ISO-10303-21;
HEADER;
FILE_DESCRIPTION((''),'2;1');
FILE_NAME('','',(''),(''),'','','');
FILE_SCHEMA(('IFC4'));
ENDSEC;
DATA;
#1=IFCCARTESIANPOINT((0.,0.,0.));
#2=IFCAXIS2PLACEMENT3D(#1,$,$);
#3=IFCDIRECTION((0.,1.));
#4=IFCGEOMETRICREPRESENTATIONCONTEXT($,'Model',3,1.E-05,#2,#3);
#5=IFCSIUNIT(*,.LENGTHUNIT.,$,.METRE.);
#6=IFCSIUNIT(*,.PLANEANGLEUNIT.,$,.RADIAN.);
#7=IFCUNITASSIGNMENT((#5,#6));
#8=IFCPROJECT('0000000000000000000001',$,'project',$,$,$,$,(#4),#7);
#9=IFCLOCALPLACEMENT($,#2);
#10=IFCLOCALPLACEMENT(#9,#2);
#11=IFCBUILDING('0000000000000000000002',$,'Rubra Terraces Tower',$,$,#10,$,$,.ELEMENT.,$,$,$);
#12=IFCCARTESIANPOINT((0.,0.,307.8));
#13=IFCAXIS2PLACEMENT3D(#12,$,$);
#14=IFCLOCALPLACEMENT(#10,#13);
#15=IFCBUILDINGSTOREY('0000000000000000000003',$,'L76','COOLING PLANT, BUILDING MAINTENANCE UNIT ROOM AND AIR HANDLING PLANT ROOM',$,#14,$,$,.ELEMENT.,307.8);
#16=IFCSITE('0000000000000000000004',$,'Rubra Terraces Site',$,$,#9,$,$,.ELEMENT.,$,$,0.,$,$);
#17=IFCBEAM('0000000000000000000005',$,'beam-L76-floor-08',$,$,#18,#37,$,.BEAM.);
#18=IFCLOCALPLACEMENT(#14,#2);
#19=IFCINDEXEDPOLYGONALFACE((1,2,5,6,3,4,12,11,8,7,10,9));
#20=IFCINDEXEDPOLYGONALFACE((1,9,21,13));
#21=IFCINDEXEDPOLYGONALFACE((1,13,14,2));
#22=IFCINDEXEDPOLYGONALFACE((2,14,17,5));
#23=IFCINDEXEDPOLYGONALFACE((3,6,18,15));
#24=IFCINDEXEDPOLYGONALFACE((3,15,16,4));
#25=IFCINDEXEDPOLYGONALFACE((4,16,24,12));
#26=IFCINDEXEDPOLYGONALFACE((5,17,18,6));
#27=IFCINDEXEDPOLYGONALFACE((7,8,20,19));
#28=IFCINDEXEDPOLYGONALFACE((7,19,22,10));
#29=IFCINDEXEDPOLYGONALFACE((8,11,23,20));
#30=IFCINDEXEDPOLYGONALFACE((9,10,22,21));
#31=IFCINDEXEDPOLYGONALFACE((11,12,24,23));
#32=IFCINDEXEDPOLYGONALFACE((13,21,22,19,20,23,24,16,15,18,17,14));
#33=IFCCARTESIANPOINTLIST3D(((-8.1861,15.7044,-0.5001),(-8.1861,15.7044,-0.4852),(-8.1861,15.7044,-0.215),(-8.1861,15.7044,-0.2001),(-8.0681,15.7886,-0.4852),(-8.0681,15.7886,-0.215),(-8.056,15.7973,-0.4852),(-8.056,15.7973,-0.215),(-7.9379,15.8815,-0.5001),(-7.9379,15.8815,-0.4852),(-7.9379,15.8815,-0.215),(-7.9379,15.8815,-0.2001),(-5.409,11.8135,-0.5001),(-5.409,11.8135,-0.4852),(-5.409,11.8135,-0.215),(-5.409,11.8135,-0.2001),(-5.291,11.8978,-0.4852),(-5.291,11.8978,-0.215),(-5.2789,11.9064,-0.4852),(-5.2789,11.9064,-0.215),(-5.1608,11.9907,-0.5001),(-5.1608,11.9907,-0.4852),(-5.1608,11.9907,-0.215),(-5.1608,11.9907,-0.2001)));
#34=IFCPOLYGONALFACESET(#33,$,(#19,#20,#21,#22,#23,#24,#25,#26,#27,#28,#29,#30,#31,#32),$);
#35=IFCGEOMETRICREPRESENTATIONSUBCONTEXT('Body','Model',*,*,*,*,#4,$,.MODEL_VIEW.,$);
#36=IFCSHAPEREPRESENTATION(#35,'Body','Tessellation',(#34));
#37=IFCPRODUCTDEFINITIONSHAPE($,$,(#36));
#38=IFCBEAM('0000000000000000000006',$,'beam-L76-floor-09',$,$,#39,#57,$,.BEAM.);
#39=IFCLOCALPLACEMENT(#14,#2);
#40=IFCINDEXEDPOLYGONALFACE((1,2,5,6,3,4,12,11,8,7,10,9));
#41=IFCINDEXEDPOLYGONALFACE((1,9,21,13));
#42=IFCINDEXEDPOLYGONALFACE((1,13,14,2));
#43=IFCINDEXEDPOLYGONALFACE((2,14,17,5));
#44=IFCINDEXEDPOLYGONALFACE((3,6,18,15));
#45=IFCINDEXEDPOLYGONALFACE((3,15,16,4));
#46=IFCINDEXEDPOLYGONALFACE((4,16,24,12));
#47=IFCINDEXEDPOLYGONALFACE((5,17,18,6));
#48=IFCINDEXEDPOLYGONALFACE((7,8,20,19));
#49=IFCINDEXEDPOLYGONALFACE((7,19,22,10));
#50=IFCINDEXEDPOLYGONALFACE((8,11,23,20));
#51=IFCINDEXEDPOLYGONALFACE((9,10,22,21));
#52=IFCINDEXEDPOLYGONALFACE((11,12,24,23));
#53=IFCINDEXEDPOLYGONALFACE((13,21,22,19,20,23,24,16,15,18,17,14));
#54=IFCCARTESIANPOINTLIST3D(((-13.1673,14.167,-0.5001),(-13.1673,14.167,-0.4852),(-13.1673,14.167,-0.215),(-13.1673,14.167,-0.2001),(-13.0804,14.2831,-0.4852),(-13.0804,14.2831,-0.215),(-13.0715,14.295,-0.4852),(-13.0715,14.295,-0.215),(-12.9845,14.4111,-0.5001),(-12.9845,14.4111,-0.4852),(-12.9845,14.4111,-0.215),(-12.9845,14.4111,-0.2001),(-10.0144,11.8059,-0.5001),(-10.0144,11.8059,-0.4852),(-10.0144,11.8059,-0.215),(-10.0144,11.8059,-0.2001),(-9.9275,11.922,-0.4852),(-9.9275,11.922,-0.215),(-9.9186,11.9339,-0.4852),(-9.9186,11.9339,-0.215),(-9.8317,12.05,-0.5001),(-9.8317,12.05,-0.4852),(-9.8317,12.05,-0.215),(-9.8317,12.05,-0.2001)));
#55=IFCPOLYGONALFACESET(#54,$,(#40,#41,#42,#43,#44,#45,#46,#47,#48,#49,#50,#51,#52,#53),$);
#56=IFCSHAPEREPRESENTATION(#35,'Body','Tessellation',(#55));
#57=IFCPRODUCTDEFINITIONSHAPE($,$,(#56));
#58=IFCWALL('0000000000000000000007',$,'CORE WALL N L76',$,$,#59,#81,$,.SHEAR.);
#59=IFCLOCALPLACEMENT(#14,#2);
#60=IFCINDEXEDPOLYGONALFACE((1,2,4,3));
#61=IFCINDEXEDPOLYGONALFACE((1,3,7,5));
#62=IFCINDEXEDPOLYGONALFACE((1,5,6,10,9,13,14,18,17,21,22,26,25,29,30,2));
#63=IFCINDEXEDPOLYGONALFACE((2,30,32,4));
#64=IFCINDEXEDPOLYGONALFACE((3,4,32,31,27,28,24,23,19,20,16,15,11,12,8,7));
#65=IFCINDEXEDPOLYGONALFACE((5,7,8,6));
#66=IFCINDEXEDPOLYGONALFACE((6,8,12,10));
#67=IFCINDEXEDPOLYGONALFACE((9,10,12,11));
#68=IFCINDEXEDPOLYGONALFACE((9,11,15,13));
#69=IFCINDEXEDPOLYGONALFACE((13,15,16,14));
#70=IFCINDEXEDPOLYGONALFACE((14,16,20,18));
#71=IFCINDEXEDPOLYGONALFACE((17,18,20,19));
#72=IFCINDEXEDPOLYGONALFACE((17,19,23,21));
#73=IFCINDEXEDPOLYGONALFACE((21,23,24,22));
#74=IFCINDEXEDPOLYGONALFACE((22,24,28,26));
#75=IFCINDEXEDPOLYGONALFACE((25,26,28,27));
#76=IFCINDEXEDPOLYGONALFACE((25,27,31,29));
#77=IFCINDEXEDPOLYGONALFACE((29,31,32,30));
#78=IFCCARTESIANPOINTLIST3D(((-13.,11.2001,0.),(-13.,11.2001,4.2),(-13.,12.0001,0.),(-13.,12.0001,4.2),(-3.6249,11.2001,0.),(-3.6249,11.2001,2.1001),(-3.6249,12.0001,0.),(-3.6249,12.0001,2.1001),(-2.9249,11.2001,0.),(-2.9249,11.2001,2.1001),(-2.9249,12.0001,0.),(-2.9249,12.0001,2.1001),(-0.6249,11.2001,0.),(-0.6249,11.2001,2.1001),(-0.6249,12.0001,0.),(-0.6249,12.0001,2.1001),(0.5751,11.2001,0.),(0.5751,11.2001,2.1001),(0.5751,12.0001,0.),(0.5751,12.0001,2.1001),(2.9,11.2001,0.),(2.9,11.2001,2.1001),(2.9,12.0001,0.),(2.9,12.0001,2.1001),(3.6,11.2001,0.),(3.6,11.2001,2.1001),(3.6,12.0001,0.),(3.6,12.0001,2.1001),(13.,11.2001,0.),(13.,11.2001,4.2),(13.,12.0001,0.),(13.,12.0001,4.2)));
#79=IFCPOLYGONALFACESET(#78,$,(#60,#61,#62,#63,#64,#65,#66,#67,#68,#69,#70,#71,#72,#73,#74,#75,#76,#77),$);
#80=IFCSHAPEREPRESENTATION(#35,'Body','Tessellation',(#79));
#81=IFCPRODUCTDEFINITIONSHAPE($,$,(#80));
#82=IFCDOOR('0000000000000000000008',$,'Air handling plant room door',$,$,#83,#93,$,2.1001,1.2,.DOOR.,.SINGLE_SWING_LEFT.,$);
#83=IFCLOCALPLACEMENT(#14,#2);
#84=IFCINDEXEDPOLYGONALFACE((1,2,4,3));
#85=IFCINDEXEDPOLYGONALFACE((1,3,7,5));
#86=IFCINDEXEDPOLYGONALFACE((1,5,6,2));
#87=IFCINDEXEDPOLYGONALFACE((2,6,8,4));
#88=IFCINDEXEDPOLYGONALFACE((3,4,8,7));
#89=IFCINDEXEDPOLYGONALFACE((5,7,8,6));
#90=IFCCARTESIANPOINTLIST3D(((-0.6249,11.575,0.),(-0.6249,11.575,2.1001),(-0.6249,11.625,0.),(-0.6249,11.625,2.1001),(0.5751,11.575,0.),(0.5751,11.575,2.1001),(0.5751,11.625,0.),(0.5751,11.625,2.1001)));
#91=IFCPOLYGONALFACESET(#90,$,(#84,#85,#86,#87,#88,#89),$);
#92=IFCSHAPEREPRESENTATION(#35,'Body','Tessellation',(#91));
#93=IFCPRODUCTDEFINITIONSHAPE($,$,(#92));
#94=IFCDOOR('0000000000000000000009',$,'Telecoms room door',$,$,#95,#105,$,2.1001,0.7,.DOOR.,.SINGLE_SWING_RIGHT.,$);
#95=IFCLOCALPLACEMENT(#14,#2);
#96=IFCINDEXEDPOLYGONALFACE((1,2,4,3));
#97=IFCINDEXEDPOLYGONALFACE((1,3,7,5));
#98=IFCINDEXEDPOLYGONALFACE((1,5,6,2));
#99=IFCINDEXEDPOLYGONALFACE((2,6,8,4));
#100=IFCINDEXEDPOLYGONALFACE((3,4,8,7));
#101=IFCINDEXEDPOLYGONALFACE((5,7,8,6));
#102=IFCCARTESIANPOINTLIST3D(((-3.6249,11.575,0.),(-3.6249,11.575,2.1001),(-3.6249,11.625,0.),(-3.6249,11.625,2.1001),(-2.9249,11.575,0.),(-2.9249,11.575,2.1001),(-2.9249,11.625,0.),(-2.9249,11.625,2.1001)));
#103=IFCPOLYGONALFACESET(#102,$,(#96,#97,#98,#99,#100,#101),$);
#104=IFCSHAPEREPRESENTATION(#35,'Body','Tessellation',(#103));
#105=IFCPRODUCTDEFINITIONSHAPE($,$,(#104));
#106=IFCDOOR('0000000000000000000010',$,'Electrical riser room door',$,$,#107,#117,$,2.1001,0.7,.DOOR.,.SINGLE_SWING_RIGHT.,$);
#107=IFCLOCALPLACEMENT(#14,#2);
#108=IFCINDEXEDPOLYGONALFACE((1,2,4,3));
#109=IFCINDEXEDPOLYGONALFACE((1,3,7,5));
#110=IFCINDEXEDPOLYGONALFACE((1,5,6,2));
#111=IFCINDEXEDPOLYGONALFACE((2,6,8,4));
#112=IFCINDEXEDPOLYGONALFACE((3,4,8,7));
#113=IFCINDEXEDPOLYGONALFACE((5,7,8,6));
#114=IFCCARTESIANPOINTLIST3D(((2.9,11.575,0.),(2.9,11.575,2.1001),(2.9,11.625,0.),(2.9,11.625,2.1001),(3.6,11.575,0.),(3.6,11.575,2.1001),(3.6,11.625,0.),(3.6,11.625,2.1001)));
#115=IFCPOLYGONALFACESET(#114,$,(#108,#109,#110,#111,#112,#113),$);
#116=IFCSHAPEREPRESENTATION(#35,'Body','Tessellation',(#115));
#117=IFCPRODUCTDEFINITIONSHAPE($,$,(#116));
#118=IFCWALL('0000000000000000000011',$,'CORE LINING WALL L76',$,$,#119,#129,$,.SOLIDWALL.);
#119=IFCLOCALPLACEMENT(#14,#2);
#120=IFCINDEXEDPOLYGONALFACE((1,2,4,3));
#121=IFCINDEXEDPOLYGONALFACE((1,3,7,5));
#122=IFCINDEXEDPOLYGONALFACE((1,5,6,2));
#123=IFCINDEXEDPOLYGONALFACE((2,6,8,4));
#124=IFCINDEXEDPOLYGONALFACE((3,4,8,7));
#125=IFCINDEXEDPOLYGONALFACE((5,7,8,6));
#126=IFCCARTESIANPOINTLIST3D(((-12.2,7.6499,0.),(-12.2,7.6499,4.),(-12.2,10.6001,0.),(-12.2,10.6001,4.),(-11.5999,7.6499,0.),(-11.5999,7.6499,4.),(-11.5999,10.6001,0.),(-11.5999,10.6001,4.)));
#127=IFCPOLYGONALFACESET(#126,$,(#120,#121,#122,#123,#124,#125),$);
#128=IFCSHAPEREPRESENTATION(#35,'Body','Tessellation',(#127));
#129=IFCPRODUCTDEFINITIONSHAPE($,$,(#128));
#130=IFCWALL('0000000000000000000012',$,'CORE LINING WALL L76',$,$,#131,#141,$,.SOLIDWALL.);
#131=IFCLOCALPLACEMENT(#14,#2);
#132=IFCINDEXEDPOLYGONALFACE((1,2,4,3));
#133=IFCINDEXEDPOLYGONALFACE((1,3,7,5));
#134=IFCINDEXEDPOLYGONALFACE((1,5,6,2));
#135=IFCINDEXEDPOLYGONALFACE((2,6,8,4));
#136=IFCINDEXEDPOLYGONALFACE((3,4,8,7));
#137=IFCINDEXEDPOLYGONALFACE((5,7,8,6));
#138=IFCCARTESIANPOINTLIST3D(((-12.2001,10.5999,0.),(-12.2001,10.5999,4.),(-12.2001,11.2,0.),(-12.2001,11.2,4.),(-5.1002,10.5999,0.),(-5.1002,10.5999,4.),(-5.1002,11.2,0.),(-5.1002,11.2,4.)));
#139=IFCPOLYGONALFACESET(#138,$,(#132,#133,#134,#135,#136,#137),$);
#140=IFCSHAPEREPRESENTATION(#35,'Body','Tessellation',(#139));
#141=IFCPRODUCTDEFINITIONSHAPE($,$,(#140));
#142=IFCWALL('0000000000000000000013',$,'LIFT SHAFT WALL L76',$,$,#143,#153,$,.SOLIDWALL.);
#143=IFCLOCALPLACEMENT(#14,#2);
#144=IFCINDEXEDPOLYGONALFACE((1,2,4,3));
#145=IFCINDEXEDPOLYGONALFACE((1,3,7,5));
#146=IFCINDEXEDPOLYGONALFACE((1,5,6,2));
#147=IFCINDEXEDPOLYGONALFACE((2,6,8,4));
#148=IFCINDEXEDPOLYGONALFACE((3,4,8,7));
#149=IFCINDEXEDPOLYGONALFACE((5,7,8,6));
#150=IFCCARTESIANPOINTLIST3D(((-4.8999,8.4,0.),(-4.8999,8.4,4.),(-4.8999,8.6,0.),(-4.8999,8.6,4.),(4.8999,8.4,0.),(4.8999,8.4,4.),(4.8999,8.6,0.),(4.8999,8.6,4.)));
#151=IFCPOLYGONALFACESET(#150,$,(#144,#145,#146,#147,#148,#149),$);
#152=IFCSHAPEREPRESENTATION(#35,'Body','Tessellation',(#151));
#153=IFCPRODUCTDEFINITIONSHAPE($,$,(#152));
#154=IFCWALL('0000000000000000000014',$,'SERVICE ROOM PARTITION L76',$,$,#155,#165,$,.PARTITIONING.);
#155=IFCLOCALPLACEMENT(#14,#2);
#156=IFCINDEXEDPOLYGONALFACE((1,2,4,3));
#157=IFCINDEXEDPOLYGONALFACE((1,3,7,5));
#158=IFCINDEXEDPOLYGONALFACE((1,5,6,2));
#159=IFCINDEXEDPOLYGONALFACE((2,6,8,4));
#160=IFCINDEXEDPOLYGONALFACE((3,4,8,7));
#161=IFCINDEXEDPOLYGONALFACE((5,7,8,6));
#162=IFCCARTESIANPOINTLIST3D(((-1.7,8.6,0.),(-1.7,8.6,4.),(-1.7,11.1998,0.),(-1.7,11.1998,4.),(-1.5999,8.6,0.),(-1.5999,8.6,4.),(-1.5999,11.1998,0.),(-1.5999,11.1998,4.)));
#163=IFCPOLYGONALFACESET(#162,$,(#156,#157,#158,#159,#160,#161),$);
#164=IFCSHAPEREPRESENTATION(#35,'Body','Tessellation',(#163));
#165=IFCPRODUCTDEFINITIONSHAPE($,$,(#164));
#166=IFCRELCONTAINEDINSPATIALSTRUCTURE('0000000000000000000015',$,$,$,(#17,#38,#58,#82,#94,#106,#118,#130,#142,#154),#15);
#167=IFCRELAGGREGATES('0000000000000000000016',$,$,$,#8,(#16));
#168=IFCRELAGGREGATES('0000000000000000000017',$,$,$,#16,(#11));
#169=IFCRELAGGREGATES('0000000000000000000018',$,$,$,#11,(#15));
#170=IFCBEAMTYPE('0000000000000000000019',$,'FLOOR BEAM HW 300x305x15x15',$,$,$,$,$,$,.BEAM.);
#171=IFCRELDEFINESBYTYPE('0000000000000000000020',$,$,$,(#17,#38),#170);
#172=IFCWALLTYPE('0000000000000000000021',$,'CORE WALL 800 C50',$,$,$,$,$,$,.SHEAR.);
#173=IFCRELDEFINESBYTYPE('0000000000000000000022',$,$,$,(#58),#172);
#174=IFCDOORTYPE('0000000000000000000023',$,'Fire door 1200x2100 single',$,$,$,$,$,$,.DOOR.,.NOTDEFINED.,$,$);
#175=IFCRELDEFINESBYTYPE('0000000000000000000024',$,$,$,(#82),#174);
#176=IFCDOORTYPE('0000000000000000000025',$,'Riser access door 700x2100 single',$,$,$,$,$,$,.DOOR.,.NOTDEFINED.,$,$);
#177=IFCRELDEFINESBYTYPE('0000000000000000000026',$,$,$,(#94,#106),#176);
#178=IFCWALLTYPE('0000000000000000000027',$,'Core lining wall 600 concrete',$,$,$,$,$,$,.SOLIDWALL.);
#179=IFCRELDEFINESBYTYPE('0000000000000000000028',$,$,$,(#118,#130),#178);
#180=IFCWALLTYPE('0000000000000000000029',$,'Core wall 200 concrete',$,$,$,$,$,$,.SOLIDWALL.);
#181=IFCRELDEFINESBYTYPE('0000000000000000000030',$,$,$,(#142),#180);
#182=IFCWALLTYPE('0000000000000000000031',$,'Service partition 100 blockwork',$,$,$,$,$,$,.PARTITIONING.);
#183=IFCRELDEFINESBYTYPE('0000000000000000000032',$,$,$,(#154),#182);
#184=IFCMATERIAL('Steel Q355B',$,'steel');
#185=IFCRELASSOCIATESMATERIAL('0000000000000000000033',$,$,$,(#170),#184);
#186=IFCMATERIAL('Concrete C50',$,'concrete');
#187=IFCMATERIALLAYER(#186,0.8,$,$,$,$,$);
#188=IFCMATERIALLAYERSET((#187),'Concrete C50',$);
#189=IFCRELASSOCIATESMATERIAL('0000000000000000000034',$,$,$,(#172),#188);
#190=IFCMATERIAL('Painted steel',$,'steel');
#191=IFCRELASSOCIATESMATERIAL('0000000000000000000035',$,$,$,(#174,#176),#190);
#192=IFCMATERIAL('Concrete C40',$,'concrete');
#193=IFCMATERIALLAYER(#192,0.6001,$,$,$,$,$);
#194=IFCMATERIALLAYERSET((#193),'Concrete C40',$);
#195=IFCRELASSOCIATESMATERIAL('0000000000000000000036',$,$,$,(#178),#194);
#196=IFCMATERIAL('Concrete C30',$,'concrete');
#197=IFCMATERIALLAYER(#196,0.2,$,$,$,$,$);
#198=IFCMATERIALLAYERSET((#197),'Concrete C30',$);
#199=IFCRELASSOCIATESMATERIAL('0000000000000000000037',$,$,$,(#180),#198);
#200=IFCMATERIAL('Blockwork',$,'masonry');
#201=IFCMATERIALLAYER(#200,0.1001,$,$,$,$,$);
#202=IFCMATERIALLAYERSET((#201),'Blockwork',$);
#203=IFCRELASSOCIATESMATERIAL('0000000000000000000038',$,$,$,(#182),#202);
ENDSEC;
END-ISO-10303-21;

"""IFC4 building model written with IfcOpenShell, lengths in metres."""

from ifc_helpers import new_model, si_unit, direction, frame, frame_2d, origin, origin_2d, place, context, subcontext, project, spatial, rectangle, i_section, extrude, material, layer, layer_set, material_profile, profile_set, type_object, element, fill, save


model = new_model("IFC4")

# Units and contexts
model_context = context("Model", 3, precision=1e-05, world=origin(), true_north=direction((0.0, 1.0)))
body_context = subcontext(model_context, "Body", "Model", "MODEL_VIEW")
ifc_project = project(units=[si_unit("LENGTHUNIT", "METRE"), si_unit("PLANEANGLEUNIT", "RADIAN")], contexts=[model_context])

# Site, building, storey
site_placement = place(None, origin())
site = spatial("IfcSite", under=ifc_project, at=site_placement, Name="Rubra Terraces Site", CompositionType="ELEMENT", RefElevation=0.0)
building_placement = place(site_placement, origin())
building = spatial("IfcBuilding", under=site, at=building_placement, Name="Rubra Terraces Tower", CompositionType="ELEMENT")
storey_placement = place(building_placement, frame((0.0, 0.0, 307.8)))
storey = spatial("IfcBuildingStorey", under=building, at=storey_placement, Name="L76", Description="COOLING PLANT, BUILDING MAINTENANCE UNIT ROOM AND AIR HANDLING PLANT ROOM", CompositionType="ELEMENT", Elevation=307.8)

# Beams
ifc_material_1 = material(Name="Steel Q355B", Category="steel")
ifc_material_profile = material_profile(ifc_material_1, i_section(OverallWidth=0.3049, OverallDepth=0.3, WebThickness=0.0149, FlangeThickness=0.0149, at=origin_2d()), Name="HW 300x305x15x15")
ifc_profile_set = profile_set([ifc_material_profile], Name="Steel Q355B")
beam_type = type_object("IfcBeamType", Name="FLOOR BEAM HW 300x305x15x15", PredefinedType="BEAM", material=ifc_profile_set)
beam_1_placement = place(storey_placement, frame((-8.062, 15.793, -0.3501), z_axis=(0.580948, -0.81394, 0.0), x_axis=(0.81394, 0.580948, 0.0)))
element("IfcBeam", 1, at=beam_1_placement, inside=storey, type_object=beam_type, Name="beam-L76-floor-08", PredefinedType="BEAM", context=body_context, shape_type="SweptSolid", body=[
    extrude(i_section(OverallWidth=0.3049, OverallDepth=0.3, WebThickness=0.0149, FlangeThickness=0.0149, at=origin_2d()), origin(), (0.0, 0.0, 1.0), 4.7803),
])
beam_2_placement = place(storey_placement, frame((-13.0759, 14.2891, -0.3501), z_axis=(0.800431, -0.599425, 0.0), x_axis=(0.599425, 0.800431, 0.0)))
element("IfcBeam", 2, at=beam_2_placement, inside=storey, type_object=beam_type, Name="beam-L76-floor-09", PredefinedType="BEAM", context=body_context, shape_type="SweptSolid", body=[
    extrude(i_section(OverallWidth=0.3049, OverallDepth=0.3, WebThickness=0.0149, FlangeThickness=0.0149, at=origin_2d()), origin(), (0.0, 0.0, 1.0), 3.939),
])

# Wall, openings, doors
ifc_material_2 = material(Name="Concrete C50", Category="concrete")
ifc_layer_1 = layer(ifc_material_2, 0.8)
ifc_layer_set_1 = layer_set([ifc_layer_1], Name="Concrete C50")
wall_type_1 = type_object("IfcWallType", Name="CORE WALL 800 C50", PredefinedType="SHEAR", material=ifc_layer_set_1)
wall_1_placement = place(storey_placement, frame((-13.0, 11.6001, 0.0), z_axis=(0.0, 0.0, 1.0), x_axis=(1.0, 0.0, 0.0)))
wall_1 = element("IfcWall", 3, at=wall_1_placement, inside=storey, type_object=wall_type_1, Name="CORE WALL N L76", PredefinedType="SHEAR", context=body_context, shape_type="SweptSolid", body=[
    extrude(rectangle(XDim=26.0, YDim=0.8, at=frame_2d((13.0, 0.0))), origin(), (0.0, 0.0, 1.0), 4.2),
])
opening_1_placement = place(wall_1_placement, frame((9.375, 0.0, 0.0)))
opening_1 = element("IfcOpeningElement", 4, at=opening_1_placement, cuts=wall_1, PredefinedType="OPENING", context=body_context, shape_type="SweptSolid", body=[
    extrude(rectangle(XDim=0.7, YDim=2.1001, at=frame_2d((0.3501, 1.05))), frame((0.0, 0.4099, 0.0), z_axis=(0.0, -1.0, 0.0), x_axis=(1.0, 0.0, 0.0)), (0.0, 0.0, 1.0), 0.8201),
])
opening_2_placement = place(wall_1_placement, frame((12.375, 0.0, 0.0)))
opening_2 = element("IfcOpeningElement", 5, at=opening_2_placement, cuts=wall_1, PredefinedType="OPENING", context=body_context, shape_type="SweptSolid", body=[
    extrude(rectangle(XDim=1.2, YDim=2.1001, at=frame_2d((0.6001, 1.05))), frame((0.0, 0.4099, 0.0), z_axis=(0.0, -1.0, 0.0), x_axis=(1.0, 0.0, 0.0)), (0.0, 0.0, 1.0), 0.8201),
])
opening_3_placement = place(wall_1_placement, frame((15.8999, 0.0, 0.0)))
opening_3 = element("IfcOpeningElement", 6, at=opening_3_placement, cuts=wall_1, PredefinedType="OPENING", context=body_context, shape_type="SweptSolid", body=[
    extrude(rectangle(XDim=0.7, YDim=2.1001, at=frame_2d((0.3501, 1.05))), frame((0.0, 0.4099, 0.0), z_axis=(0.0, -1.0, 0.0), x_axis=(1.0, 0.0, 0.0)), (0.0, 0.0, 1.0), 0.8201),
])
ifc_material_3 = material(Name="Painted steel", Category="steel")
door_type_1 = type_object("IfcDoorType", Name="Fire door 1200x2100 single", OperationType="NOTDEFINED", PredefinedType="DOOR", material=ifc_material_3)
door_1_placement = place(opening_2_placement, origin())
door_1 = element("IfcDoor", 7, at=door_1_placement, inside=storey, type_object=door_type_1, Name="Air handling plant room door", OperationType="SINGLE_SWING_LEFT", OverallHeight=2.1001, OverallWidth=1.2, PredefinedType="DOOR", context=body_context, shape_type="SweptSolid", body=[
    extrude(rectangle(XDim=1.2, YDim=2.1001, at=frame_2d((0.6001, 1.05))), frame((0.0, 0.0249, 0.0), z_axis=(0.0, -1.0, 0.0), x_axis=(1.0, 0.0, 0.0)), (0.0, 0.0, 1.0), 0.05),
])
fill(opening_2, door_1)
door_type_2 = type_object("IfcDoorType", Name="Riser access door 700x2100 single", OperationType="NOTDEFINED", PredefinedType="DOOR", material=ifc_material_3)
door_2_placement = place(opening_1_placement, origin())
door_2 = element("IfcDoor", 8, at=door_2_placement, inside=storey, type_object=door_type_2, Name="Telecoms room door", OperationType="SINGLE_SWING_RIGHT", OverallHeight=2.1001, OverallWidth=0.7, PredefinedType="DOOR", context=body_context, shape_type="SweptSolid", body=[
    extrude(rectangle(XDim=0.7, YDim=2.1001, at=frame_2d((0.3501, 1.05))), frame((0.0, 0.0249, 0.0), z_axis=(0.0, -1.0, 0.0), x_axis=(1.0, 0.0, 0.0)), (0.0, 0.0, 1.0), 0.05),
])
fill(opening_1, door_2)
door_3_placement = place(opening_3_placement, origin())
door_3 = element("IfcDoor", 9, at=door_3_placement, inside=storey, type_object=door_type_2, Name="Electrical riser room door", OperationType="SINGLE_SWING_RIGHT", OverallHeight=2.1001, OverallWidth=0.7, PredefinedType="DOOR", context=body_context, shape_type="SweptSolid", body=[
    extrude(rectangle(XDim=0.7, YDim=2.1001, at=frame_2d((0.3501, 1.05))), frame((0.0, 0.0249, 0.0), z_axis=(0.0, -1.0, 0.0), x_axis=(1.0, 0.0, 0.0)), (0.0, 0.0, 1.0), 0.05),
])
fill(opening_3, door_3)

# Walls
ifc_material_4 = material(Name="Concrete C40", Category="concrete")
ifc_layer_2 = layer(ifc_material_4, 0.6001)
ifc_layer_set_2 = layer_set([ifc_layer_2], Name="Concrete C40")
wall_type_2 = type_object("IfcWallType", Name="Core lining wall 600 concrete", PredefinedType="SOLIDWALL", material=ifc_layer_set_2)
wall_2_placement = place(storey_placement, frame((-11.8999, 7.6499, 0.0), z_axis=(0.0, 0.0, 1.0), x_axis=(0.0, 1.0, 0.0)))
element("IfcWall", 10, at=wall_2_placement, inside=storey, type_object=wall_type_2, Name="CORE LINING WALL L76", PredefinedType="SOLIDWALL", context=body_context, shape_type="SweptSolid", body=[
    extrude(rectangle(XDim=2.9502, YDim=0.6001, at=frame_2d((1.4751, 0.0))), origin(), (0.0, 0.0, 1.0), 4.0),
])
wall_3_placement = place(storey_placement, frame((-12.2, 10.8999, 0.0), z_axis=(0.0, 0.0, 1.0), x_axis=(1.0, 0.0, 0.0)))
element("IfcWall", 11, at=wall_3_placement, inside=storey, type_object=wall_type_2, Name="CORE LINING WALL L76", PredefinedType="SOLIDWALL", context=body_context, shape_type="SweptSolid", body=[
    extrude(rectangle(XDim=7.0999, YDim=0.6001, at=frame_2d((3.5498, 0.0))), origin(), (0.0, 0.0, 1.0), 4.0),
])
ifc_material_5 = material(Name="Concrete C30", Category="concrete")
ifc_layer_3 = layer(ifc_material_5, 0.2)
ifc_layer_set_3 = layer_set([ifc_layer_3], Name="Concrete C30")
wall_type_3 = type_object("IfcWallType", Name="Core wall 200 concrete", PredefinedType="SOLIDWALL", material=ifc_layer_set_3)
wall_4_placement = place(storey_placement, frame((-4.8999, 8.5, 0.0), z_axis=(0.0, 0.0, 1.0), x_axis=(1.0, 0.0, 0.0)))
element("IfcWall", 12, at=wall_4_placement, inside=storey, type_object=wall_type_3, Name="LIFT SHAFT WALL L76", PredefinedType="SOLIDWALL", context=body_context, shape_type="SweptSolid", body=[
    extrude(rectangle(XDim=9.7998, YDim=0.2, at=frame_2d((4.8999, 0.0))), origin(), (0.0, 0.0, 1.0), 4.0),
])
ifc_material_6 = material(Name="Blockwork", Category="masonry")
ifc_layer_4 = layer(ifc_material_6, 0.1001)
ifc_layer_set_4 = layer_set([ifc_layer_4], Name="Blockwork")
wall_type_4 = type_object("IfcWallType", Name="Service partition 100 blockwork", PredefinedType="PARTITIONING", material=ifc_layer_set_4)
wall_5_placement = place(storey_placement, frame((-1.6499, 8.6001, 0.0), z_axis=(0.0, 0.0, 1.0), x_axis=(0.0, 1.0, 0.0)))
element("IfcWall", 13, at=wall_5_placement, inside=storey, type_object=wall_type_4, Name="SERVICE ROOM PARTITION L76", PredefinedType="PARTITIONING", context=body_context, shape_type="SweptSolid", body=[
    extrude(rectangle(XDim=2.5999, YDim=0.1001, at=frame_2d((1.2998, 0.0))), origin(), (0.0, 0.0, 1.0), 4.0),
])

save(model, "model.ifc")
